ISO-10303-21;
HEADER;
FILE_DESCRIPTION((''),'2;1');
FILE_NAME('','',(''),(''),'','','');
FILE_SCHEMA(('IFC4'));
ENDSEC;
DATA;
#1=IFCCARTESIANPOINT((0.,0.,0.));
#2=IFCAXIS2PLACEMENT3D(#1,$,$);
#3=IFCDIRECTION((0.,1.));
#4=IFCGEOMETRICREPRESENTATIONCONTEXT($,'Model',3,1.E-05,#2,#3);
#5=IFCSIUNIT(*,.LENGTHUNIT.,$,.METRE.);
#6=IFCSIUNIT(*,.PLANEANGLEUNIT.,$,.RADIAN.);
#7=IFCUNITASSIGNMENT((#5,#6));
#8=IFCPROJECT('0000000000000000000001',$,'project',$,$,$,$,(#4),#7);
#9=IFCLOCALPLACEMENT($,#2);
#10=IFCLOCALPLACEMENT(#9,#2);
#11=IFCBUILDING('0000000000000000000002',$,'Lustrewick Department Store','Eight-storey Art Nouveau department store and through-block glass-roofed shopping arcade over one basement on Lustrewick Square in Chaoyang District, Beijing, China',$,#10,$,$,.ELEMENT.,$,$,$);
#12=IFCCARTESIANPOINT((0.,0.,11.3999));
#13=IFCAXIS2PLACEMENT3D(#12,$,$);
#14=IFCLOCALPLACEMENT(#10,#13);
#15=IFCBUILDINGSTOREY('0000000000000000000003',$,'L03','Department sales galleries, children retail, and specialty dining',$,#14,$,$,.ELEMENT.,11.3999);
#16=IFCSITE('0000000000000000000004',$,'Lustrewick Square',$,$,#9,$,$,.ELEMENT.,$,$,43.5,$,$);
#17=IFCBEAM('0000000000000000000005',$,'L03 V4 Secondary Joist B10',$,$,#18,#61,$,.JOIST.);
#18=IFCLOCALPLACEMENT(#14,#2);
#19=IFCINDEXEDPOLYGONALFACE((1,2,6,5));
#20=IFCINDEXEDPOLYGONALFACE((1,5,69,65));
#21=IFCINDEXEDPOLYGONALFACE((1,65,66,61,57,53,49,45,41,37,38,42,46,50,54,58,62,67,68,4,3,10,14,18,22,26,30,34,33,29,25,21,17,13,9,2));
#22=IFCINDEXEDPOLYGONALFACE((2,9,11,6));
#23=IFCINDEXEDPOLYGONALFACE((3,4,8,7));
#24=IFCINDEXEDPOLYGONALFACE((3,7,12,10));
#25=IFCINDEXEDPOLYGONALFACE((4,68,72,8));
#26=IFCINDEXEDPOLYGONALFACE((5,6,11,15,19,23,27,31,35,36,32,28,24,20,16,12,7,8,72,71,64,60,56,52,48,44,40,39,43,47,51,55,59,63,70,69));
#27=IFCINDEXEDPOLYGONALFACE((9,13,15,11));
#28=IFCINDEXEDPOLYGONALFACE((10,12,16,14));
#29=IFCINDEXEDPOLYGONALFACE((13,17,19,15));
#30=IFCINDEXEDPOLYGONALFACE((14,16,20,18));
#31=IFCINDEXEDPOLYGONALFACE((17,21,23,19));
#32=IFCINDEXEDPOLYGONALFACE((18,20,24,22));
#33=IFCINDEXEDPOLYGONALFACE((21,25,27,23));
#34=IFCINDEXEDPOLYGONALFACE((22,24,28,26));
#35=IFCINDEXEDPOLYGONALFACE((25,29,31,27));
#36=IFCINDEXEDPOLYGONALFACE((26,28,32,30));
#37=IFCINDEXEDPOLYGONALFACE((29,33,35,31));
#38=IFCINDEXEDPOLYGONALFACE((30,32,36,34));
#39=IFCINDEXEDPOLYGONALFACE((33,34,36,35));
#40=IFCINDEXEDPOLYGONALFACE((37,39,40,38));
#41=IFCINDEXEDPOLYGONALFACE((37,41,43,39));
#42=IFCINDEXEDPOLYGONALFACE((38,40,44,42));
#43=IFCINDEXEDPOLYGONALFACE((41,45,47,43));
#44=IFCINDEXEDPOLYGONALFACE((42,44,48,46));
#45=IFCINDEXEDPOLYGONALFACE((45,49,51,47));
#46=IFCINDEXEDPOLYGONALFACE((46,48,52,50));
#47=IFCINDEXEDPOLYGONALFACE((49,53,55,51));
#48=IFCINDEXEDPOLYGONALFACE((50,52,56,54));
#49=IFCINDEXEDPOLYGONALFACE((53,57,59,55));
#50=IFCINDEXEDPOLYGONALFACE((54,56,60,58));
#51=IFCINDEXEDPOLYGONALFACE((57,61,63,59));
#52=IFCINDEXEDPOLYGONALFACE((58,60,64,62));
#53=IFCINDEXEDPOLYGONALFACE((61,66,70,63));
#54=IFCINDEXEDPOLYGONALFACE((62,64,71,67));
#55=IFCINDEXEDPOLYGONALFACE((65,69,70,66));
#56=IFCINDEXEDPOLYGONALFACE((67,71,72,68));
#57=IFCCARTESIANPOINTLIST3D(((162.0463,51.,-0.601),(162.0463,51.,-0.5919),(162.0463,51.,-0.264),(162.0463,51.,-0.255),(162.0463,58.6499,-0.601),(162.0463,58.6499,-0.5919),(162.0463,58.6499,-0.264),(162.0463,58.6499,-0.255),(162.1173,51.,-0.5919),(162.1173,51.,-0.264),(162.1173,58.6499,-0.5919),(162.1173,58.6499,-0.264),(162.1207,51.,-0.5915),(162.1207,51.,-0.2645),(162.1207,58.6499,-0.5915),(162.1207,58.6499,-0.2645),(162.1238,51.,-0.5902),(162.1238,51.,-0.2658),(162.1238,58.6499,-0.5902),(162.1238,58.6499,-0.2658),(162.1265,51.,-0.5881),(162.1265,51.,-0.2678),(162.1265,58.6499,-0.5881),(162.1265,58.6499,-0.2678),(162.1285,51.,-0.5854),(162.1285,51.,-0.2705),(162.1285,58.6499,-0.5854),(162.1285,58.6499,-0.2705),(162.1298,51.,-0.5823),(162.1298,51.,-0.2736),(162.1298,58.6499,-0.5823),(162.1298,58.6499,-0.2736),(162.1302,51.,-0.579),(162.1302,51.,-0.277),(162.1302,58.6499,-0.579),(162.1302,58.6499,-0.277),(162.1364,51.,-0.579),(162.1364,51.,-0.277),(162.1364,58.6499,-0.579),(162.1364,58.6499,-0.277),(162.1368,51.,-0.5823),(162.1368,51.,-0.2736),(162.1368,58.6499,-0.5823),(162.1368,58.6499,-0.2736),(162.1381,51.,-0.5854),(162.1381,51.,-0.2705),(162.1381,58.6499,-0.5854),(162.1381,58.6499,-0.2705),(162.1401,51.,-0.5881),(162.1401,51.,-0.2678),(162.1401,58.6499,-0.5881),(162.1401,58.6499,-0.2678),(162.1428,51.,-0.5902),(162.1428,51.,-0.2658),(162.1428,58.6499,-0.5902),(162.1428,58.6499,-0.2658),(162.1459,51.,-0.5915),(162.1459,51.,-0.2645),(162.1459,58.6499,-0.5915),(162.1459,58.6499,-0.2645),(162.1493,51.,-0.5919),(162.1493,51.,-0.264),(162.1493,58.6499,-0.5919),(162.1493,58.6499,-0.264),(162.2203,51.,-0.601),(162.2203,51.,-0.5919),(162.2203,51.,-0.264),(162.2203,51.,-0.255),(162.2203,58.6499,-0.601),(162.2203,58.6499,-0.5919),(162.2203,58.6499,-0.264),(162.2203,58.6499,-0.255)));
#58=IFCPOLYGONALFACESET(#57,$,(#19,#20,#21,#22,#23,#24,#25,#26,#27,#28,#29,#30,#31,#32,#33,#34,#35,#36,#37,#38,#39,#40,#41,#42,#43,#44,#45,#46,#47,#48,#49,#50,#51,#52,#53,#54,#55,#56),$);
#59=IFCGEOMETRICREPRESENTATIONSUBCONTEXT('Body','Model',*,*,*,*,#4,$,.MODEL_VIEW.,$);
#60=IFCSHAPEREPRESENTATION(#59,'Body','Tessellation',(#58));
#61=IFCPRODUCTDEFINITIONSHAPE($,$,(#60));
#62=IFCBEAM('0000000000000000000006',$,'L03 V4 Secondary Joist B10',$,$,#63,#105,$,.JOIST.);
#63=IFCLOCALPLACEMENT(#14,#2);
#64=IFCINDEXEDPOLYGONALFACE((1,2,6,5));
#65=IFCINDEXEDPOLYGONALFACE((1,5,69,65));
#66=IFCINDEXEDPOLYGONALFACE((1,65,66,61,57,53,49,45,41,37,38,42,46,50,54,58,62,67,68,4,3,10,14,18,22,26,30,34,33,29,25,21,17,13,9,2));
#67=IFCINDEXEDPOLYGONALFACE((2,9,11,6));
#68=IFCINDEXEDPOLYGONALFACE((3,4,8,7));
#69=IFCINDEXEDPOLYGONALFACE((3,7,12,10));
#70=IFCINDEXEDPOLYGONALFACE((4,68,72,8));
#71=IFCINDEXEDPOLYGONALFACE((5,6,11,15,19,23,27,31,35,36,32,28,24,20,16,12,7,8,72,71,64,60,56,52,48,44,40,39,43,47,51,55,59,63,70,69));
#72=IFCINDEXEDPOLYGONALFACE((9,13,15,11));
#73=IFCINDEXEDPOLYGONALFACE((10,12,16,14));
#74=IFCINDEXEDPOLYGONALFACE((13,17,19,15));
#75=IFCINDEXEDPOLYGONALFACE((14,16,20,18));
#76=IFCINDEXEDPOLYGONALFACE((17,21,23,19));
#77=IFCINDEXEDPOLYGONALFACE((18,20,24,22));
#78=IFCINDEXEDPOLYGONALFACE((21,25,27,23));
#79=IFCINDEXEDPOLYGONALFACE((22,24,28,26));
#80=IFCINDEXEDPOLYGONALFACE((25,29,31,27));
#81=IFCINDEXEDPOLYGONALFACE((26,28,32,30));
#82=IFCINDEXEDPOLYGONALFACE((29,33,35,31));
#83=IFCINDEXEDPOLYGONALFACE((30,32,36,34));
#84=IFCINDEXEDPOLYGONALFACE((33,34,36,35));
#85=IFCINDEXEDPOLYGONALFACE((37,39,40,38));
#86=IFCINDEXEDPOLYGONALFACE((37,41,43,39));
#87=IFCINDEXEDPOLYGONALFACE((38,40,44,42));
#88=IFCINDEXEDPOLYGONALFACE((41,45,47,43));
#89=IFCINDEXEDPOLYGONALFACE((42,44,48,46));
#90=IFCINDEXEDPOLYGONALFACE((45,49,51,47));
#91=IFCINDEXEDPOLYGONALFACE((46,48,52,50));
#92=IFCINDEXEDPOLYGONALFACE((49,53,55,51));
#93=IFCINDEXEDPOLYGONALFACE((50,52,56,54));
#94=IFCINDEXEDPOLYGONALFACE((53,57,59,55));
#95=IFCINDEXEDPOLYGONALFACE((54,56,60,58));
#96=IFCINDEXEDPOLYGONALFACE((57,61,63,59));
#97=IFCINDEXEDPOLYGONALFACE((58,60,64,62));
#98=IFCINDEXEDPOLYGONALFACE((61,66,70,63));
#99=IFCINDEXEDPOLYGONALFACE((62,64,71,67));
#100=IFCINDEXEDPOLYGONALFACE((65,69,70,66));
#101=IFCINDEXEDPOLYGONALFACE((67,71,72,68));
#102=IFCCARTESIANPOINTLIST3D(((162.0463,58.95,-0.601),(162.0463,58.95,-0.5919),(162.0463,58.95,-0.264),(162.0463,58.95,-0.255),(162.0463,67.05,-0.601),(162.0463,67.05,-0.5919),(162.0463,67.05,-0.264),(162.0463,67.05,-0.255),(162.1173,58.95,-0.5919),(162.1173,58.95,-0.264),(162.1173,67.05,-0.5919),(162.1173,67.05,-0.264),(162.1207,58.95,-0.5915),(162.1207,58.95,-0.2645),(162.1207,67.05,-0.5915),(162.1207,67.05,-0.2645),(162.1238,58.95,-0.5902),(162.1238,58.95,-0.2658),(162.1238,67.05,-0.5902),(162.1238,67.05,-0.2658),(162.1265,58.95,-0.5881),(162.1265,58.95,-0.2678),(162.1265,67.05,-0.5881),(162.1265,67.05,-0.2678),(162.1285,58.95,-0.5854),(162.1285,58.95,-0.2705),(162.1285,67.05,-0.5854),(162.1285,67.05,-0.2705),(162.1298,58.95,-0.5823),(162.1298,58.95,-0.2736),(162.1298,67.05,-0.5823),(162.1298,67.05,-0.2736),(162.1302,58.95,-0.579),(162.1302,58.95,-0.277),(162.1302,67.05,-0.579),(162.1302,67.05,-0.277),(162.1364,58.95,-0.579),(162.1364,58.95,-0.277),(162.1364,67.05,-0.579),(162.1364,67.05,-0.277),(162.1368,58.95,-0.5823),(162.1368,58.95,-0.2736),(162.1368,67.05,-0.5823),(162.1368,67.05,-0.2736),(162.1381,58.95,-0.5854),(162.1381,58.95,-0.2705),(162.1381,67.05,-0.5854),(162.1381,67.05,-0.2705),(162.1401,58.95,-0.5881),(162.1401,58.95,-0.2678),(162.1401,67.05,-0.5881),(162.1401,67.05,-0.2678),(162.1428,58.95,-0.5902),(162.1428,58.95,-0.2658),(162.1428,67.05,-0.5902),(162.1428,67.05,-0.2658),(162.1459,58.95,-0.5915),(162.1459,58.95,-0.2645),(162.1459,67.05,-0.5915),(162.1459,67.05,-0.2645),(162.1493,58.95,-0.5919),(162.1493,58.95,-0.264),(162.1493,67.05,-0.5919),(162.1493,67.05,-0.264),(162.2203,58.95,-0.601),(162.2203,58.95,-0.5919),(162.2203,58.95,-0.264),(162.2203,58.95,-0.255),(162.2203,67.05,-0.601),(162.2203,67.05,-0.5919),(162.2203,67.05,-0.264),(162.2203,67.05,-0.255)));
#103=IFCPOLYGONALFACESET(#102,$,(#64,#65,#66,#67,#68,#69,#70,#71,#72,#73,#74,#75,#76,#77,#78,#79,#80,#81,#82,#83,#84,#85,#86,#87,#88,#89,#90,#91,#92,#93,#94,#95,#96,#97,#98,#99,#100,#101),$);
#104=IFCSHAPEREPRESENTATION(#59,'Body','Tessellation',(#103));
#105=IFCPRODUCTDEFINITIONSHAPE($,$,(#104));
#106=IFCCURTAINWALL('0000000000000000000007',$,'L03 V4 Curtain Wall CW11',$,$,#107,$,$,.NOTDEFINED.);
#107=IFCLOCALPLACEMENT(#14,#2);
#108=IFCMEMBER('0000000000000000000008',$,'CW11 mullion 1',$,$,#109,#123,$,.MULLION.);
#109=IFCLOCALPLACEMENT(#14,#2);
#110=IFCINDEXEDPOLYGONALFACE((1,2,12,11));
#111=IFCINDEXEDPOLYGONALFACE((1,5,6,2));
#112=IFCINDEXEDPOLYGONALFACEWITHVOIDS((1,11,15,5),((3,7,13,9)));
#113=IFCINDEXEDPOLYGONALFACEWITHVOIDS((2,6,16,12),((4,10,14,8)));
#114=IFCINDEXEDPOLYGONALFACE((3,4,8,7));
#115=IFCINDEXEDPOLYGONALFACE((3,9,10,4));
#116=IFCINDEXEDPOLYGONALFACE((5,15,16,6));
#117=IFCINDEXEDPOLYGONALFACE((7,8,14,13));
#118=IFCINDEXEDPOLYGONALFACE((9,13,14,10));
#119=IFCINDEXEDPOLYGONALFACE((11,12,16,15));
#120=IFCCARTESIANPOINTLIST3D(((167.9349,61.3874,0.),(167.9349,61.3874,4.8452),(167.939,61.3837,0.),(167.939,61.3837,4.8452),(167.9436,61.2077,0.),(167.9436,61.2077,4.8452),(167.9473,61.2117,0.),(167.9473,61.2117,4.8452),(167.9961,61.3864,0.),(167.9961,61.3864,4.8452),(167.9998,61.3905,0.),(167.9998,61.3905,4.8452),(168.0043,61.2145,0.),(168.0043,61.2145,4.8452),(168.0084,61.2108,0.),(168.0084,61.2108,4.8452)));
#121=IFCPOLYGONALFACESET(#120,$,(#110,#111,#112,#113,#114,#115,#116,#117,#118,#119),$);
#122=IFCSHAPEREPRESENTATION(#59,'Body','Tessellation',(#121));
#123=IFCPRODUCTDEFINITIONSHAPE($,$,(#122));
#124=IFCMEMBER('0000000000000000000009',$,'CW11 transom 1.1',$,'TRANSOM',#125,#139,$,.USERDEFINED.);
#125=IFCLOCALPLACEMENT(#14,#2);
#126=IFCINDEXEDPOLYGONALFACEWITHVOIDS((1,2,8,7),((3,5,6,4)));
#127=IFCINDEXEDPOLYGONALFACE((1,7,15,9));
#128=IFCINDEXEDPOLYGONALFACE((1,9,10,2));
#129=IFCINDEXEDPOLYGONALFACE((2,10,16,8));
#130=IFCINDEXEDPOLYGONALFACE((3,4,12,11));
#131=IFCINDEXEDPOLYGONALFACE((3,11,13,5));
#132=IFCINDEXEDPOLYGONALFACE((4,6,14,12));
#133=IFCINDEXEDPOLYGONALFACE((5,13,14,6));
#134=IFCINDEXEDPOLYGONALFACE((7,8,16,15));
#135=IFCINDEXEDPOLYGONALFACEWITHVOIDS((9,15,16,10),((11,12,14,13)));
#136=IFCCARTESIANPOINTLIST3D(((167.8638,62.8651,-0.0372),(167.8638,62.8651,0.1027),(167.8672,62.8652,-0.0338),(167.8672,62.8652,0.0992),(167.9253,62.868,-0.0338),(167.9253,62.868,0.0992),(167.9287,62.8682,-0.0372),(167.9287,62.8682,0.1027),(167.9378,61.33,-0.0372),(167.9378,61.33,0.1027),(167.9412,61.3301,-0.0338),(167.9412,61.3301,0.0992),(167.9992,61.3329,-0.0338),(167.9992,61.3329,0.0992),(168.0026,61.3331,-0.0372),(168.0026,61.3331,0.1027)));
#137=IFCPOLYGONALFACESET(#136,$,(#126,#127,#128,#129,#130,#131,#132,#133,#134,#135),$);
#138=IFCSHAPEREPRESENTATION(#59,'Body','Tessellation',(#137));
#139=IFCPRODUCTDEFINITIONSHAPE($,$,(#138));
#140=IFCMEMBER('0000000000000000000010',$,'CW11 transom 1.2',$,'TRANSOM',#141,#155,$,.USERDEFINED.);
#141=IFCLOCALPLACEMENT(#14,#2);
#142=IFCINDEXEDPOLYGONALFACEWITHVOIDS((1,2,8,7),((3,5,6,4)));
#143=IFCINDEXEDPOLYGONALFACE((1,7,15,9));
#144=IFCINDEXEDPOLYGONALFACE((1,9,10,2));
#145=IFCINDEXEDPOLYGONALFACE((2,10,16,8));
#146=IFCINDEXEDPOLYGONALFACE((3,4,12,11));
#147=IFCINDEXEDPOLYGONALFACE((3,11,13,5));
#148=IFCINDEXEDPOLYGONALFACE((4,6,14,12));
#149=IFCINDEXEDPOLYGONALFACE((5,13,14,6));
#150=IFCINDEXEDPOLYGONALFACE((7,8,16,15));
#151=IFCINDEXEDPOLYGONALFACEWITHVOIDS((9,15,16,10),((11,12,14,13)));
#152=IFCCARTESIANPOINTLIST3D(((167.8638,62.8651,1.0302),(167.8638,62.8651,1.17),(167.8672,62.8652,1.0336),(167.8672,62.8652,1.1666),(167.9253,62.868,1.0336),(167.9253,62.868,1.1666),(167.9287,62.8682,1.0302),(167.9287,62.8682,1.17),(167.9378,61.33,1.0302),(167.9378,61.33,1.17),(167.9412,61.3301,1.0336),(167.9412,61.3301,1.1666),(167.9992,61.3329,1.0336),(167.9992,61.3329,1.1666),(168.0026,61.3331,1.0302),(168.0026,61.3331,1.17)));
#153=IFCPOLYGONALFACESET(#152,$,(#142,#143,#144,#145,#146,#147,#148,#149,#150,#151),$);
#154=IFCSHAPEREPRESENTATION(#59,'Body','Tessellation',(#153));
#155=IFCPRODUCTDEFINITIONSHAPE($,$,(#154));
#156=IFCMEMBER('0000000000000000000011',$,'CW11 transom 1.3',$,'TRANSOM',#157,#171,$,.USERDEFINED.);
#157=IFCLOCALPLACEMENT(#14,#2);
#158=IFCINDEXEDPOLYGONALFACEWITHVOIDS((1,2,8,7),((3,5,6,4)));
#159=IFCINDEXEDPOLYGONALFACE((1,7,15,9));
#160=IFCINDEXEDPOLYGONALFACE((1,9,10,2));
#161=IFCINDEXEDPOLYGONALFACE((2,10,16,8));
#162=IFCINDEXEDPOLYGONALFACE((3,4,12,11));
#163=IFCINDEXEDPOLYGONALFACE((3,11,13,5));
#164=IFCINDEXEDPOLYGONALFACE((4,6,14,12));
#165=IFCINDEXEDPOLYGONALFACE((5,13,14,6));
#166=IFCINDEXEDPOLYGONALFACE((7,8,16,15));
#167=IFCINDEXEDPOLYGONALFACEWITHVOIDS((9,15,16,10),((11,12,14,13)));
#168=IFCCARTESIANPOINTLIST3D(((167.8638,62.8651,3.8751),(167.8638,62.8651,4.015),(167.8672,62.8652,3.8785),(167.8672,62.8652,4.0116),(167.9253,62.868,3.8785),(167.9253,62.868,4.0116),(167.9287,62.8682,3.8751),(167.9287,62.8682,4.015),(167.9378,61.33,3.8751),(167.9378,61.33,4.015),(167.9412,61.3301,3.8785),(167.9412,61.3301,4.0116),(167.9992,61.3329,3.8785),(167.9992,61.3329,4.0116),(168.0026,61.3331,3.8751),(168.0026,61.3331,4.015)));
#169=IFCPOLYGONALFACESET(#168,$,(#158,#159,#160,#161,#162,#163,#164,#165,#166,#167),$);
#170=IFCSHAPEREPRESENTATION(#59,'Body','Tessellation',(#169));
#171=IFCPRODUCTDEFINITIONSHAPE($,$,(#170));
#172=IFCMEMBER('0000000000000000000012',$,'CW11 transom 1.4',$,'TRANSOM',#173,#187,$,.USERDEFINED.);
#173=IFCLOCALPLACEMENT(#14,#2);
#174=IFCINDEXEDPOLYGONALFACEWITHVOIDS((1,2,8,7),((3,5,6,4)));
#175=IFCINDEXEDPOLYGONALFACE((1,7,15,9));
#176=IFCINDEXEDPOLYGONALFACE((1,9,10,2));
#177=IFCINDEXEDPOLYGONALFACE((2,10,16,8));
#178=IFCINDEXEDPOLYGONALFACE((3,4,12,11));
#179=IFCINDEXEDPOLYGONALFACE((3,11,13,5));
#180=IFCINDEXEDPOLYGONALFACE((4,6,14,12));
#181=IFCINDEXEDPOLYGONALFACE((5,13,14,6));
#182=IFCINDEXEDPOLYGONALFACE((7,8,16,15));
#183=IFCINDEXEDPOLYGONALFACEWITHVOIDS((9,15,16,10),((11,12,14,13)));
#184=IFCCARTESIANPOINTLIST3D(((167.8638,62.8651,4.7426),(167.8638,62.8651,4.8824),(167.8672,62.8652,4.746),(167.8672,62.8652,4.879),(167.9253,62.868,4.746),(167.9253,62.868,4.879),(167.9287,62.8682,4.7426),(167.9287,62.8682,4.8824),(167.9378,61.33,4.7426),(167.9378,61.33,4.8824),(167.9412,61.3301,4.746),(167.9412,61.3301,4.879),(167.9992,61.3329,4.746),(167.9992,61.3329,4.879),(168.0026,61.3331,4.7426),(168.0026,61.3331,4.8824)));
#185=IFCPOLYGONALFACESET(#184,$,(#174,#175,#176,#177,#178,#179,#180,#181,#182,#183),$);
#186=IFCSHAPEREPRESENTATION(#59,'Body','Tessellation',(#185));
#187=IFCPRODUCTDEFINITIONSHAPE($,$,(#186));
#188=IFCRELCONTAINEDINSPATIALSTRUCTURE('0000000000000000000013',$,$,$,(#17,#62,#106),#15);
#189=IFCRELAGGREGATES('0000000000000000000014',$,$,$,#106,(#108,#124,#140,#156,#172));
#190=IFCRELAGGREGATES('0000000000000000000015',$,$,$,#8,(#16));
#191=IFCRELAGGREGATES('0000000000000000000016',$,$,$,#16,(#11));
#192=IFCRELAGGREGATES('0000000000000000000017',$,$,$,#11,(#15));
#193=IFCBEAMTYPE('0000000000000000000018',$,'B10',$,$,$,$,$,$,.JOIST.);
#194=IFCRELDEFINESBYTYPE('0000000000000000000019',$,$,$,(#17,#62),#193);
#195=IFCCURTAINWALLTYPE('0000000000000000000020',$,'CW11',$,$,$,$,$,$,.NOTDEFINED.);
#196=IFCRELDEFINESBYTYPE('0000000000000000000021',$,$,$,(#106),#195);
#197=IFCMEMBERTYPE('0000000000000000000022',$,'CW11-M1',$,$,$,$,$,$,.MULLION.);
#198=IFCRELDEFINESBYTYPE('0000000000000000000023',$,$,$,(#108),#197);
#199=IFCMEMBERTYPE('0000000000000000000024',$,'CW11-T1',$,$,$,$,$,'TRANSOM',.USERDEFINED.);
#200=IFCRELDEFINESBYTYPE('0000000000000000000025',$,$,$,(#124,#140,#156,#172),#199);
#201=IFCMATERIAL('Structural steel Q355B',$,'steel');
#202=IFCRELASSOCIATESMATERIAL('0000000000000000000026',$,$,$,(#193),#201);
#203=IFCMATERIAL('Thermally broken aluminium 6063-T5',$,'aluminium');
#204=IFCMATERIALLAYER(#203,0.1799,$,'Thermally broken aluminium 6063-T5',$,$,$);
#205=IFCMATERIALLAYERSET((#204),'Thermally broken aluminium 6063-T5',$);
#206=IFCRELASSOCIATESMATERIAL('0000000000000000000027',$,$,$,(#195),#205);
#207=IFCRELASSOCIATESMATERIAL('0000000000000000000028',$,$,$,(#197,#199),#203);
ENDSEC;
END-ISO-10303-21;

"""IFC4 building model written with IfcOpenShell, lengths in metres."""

from ifc_helpers import new_model, si_unit, direction, frame, origin, origin_2d, place, context, subcontext, project, spatial, hollow_rectangle, i_section, extrude, material, layer, layer_set, material_profile, profile_set, type_object, element, aggregate, save


model = new_model("IFC4")

# Units and contexts
model_context = context("Model", 3, precision=1e-05, world=origin(), true_north=direction((0.0, 1.0)))
body_context = subcontext(model_context, "Body", "Model", "MODEL_VIEW")
ifc_project = project(units=[si_unit("LENGTHUNIT", "METRE"), si_unit("PLANEANGLEUNIT", "RADIAN")], contexts=[model_context])

# Site, building, storey
site_placement = place(None, origin())
site = spatial("IfcSite", under=ifc_project, at=site_placement, Name="Lustrewick Square", CompositionType="ELEMENT", RefElevation=43.5)
building_placement = place(site_placement, origin())
building = spatial("IfcBuilding", under=site, at=building_placement, Name="Lustrewick Department Store", Description="Eight-storey Art Nouveau department store and through-block glass-roofed shopping arcade over one basement on Lustrewick Square in Chaoyang District, Beijing, China", CompositionType="ELEMENT")
storey_placement = place(building_placement, frame((0.0, 0.0, 11.3999)))
storey = spatial("IfcBuildingStorey", under=building, at=storey_placement, Name="L03", Description="Department sales galleries, children retail, and specialty dining", CompositionType="ELEMENT", Elevation=11.3999)

# Shared definitions
ifc_material_1 = material(Name="Structural steel Q355B", Category="steel")

# Beams
ifc_material_profile_1 = material_profile(ifc_material_1, i_section(OverallWidth=0.1741, OverallDepth=0.3459, WebThickness=0.0061, FlangeThickness=0.009, FilletRadius=0.0129, at=origin_2d()), Name="HN 346x174x6x9")
ifc_profile_set_1 = profile_set([ifc_material_profile_1], Name="Structural steel Q355B")
beam_type_1 = type_object("IfcBeamType", Name="B10", PredefinedType="JOIST", material=ifc_profile_set_1)
beam_1_placement = place(storey_placement, frame((162.1333, 51.0, -0.428), z_axis=(0.0, 1.0, 0.0), x_axis=(-1.0, 0.0, 0.0)))
element("IfcBeam", 1, at=beam_1_placement, inside=storey, type_object=beam_type_1, Name="L03 V4 Secondary Joist B10", PredefinedType="JOIST", context=body_context, shape_type="SweptSolid", body=[
    extrude(i_section(OverallWidth=0.1741, OverallDepth=0.3459, WebThickness=0.0061, FlangeThickness=0.009, FilletRadius=0.0129, at=origin_2d()), origin(), (0.0, 0.0, 1.0), 7.6499),
])
beam_2_placement = place(storey_placement, frame((162.1333, 58.95, -0.428), z_axis=(0.0, 1.0, 0.0), x_axis=(-1.0, 0.0, 0.0)))
element("IfcBeam", 2, at=beam_2_placement, inside=storey, type_object=beam_type_1, Name="L03 V4 Secondary Joist B10", PredefinedType="JOIST", context=body_context, shape_type="SweptSolid", body=[
    extrude(i_section(OverallWidth=0.1741, OverallDepth=0.3459, WebThickness=0.0061, FlangeThickness=0.009, FilletRadius=0.0129, at=origin_2d()), origin(), (0.0, 0.0, 1.0), 8.1001),
])

# Curtain wall, members
ifc_material_2 = material(Name="Thermally broken aluminium 6063-T5", Category="aluminium")
ifc_layer_1 = layer(ifc_material_2, 0.1799, Name="Thermally broken aluminium 6063-T5")
ifc_layer_set_1 = layer_set([ifc_layer_1], Name="Thermally broken aluminium 6063-T5")
curtain_wall_type = type_object("IfcCurtainWallType", Name="CW11", PredefinedType="NOTDEFINED", material=ifc_layer_set_1)
curtain_wall_placement = place(storey_placement, origin())
curtain_wall = element("IfcCurtainWall", 3, at=curtain_wall_placement, inside=storey, type_object=curtain_wall_type, Name="L03 V4 Curtain Wall CW11", PredefinedType="NOTDEFINED")
ifc_material_profile_2 = material_profile(ifc_material_2, hollow_rectangle(XDim=0.0649, YDim=0.1799, WallThickness=0.0039, at=origin_2d()), Name="ALU-M 65x180x4")
ifc_profile_set_2 = profile_set([ifc_material_profile_2], Name="Thermally broken aluminium 6063-T5")
member_type_1 = type_object("IfcMemberType", Name="CW11-M1", PredefinedType="MULLION", material=ifc_profile_set_2)
member_1_placement = place(storey_placement, frame((167.9717, 61.2991, 0.0), z_axis=(0.0, 0.0, 1.0), x_axis=(-0.998845, -0.048053, 0.0)))
member_1 = element("IfcMember", 4, at=member_1_placement, type_object=member_type_1, Name="CW11 mullion 1", PredefinedType="MULLION", context=body_context, shape_type="SweptSolid", body=[
    extrude(hollow_rectangle(XDim=0.0649, YDim=0.1799, WallThickness=0.0039, at=origin_2d()), origin(), (0.0, 0.0, 1.0), 4.8452),
])
ifc_material_profile_3 = material_profile(ifc_material_2, hollow_rectangle(XDim=0.0649, YDim=0.1399, WallThickness=0.0034, at=origin_2d()), Name="ALU-T 65x140x3.5")
ifc_profile_set_3 = profile_set([ifc_material_profile_3], Name="Thermally broken aluminium 6063-T5")
member_type_2 = type_object("IfcMemberType", Name="CW11-T1", ElementType="TRANSOM", PredefinedType="USERDEFINED", material=ifc_profile_set_3)
member_2_placement = place(storey_placement, frame((167.9702, 61.3315, 0.0327), z_axis=(-0.048131, 0.998841, 0.0), x_axis=(-0.998841, -0.048131, 0.0)))
member_2 = element("IfcMember", 5, at=member_2_placement, type_object=member_type_2, Name="CW11 transom 1.1", ObjectType="TRANSOM", PredefinedType="USERDEFINED", context=body_context, shape_type="SweptSolid", body=[
    extrude(hollow_rectangle(XDim=0.0649, YDim=0.1399, WallThickness=0.0034, at=origin_2d()), origin(), (0.0, 0.0, 1.0), 1.5369),
])
member_3_placement = place(storey_placement, frame((167.9702, 61.3315, 1.1001), z_axis=(-0.048131, 0.998841, 0.0), x_axis=(-0.998841, -0.048131, 0.0)))
member_3 = element("IfcMember", 6, at=member_3_placement, type_object=member_type_2, Name="CW11 transom 1.2", ObjectType="TRANSOM", PredefinedType="USERDEFINED", context=body_context, shape_type="SweptSolid", body=[
    extrude(hollow_rectangle(XDim=0.0649, YDim=0.1399, WallThickness=0.0034, at=origin_2d()), origin(), (0.0, 0.0, 1.0), 1.5369),
])
member_4_placement = place(storey_placement, frame((167.9702, 61.3315, 3.9451), z_axis=(-0.048131, 0.998841, 0.0), x_axis=(-0.998841, -0.048131, 0.0)))
member_4 = element("IfcMember", 7, at=member_4_placement, type_object=member_type_2, Name="CW11 transom 1.3", ObjectType="TRANSOM", PredefinedType="USERDEFINED", context=body_context, shape_type="SweptSolid", body=[
    extrude(hollow_rectangle(XDim=0.0649, YDim=0.1399, WallThickness=0.0034, at=origin_2d()), origin(), (0.0, 0.0, 1.0), 1.5369),
])
member_5_placement = place(storey_placement, frame((167.9702, 61.3315, 4.8125), z_axis=(-0.048131, 0.998841, 0.0), x_axis=(-0.998841, -0.048131, 0.0)))
member_5 = element("IfcMember", 8, at=member_5_placement, type_object=member_type_2, Name="CW11 transom 1.4", ObjectType="TRANSOM", PredefinedType="USERDEFINED", context=body_context, shape_type="SweptSolid", body=[
    extrude(hollow_rectangle(XDim=0.0649, YDim=0.1399, WallThickness=0.0034, at=origin_2d()), origin(), (0.0, 0.0, 1.0), 1.5369),
])

aggregate(curtain_wall, [member_1, member_2, member_3, member_4, member_5])

save(model, "model.ifc")
